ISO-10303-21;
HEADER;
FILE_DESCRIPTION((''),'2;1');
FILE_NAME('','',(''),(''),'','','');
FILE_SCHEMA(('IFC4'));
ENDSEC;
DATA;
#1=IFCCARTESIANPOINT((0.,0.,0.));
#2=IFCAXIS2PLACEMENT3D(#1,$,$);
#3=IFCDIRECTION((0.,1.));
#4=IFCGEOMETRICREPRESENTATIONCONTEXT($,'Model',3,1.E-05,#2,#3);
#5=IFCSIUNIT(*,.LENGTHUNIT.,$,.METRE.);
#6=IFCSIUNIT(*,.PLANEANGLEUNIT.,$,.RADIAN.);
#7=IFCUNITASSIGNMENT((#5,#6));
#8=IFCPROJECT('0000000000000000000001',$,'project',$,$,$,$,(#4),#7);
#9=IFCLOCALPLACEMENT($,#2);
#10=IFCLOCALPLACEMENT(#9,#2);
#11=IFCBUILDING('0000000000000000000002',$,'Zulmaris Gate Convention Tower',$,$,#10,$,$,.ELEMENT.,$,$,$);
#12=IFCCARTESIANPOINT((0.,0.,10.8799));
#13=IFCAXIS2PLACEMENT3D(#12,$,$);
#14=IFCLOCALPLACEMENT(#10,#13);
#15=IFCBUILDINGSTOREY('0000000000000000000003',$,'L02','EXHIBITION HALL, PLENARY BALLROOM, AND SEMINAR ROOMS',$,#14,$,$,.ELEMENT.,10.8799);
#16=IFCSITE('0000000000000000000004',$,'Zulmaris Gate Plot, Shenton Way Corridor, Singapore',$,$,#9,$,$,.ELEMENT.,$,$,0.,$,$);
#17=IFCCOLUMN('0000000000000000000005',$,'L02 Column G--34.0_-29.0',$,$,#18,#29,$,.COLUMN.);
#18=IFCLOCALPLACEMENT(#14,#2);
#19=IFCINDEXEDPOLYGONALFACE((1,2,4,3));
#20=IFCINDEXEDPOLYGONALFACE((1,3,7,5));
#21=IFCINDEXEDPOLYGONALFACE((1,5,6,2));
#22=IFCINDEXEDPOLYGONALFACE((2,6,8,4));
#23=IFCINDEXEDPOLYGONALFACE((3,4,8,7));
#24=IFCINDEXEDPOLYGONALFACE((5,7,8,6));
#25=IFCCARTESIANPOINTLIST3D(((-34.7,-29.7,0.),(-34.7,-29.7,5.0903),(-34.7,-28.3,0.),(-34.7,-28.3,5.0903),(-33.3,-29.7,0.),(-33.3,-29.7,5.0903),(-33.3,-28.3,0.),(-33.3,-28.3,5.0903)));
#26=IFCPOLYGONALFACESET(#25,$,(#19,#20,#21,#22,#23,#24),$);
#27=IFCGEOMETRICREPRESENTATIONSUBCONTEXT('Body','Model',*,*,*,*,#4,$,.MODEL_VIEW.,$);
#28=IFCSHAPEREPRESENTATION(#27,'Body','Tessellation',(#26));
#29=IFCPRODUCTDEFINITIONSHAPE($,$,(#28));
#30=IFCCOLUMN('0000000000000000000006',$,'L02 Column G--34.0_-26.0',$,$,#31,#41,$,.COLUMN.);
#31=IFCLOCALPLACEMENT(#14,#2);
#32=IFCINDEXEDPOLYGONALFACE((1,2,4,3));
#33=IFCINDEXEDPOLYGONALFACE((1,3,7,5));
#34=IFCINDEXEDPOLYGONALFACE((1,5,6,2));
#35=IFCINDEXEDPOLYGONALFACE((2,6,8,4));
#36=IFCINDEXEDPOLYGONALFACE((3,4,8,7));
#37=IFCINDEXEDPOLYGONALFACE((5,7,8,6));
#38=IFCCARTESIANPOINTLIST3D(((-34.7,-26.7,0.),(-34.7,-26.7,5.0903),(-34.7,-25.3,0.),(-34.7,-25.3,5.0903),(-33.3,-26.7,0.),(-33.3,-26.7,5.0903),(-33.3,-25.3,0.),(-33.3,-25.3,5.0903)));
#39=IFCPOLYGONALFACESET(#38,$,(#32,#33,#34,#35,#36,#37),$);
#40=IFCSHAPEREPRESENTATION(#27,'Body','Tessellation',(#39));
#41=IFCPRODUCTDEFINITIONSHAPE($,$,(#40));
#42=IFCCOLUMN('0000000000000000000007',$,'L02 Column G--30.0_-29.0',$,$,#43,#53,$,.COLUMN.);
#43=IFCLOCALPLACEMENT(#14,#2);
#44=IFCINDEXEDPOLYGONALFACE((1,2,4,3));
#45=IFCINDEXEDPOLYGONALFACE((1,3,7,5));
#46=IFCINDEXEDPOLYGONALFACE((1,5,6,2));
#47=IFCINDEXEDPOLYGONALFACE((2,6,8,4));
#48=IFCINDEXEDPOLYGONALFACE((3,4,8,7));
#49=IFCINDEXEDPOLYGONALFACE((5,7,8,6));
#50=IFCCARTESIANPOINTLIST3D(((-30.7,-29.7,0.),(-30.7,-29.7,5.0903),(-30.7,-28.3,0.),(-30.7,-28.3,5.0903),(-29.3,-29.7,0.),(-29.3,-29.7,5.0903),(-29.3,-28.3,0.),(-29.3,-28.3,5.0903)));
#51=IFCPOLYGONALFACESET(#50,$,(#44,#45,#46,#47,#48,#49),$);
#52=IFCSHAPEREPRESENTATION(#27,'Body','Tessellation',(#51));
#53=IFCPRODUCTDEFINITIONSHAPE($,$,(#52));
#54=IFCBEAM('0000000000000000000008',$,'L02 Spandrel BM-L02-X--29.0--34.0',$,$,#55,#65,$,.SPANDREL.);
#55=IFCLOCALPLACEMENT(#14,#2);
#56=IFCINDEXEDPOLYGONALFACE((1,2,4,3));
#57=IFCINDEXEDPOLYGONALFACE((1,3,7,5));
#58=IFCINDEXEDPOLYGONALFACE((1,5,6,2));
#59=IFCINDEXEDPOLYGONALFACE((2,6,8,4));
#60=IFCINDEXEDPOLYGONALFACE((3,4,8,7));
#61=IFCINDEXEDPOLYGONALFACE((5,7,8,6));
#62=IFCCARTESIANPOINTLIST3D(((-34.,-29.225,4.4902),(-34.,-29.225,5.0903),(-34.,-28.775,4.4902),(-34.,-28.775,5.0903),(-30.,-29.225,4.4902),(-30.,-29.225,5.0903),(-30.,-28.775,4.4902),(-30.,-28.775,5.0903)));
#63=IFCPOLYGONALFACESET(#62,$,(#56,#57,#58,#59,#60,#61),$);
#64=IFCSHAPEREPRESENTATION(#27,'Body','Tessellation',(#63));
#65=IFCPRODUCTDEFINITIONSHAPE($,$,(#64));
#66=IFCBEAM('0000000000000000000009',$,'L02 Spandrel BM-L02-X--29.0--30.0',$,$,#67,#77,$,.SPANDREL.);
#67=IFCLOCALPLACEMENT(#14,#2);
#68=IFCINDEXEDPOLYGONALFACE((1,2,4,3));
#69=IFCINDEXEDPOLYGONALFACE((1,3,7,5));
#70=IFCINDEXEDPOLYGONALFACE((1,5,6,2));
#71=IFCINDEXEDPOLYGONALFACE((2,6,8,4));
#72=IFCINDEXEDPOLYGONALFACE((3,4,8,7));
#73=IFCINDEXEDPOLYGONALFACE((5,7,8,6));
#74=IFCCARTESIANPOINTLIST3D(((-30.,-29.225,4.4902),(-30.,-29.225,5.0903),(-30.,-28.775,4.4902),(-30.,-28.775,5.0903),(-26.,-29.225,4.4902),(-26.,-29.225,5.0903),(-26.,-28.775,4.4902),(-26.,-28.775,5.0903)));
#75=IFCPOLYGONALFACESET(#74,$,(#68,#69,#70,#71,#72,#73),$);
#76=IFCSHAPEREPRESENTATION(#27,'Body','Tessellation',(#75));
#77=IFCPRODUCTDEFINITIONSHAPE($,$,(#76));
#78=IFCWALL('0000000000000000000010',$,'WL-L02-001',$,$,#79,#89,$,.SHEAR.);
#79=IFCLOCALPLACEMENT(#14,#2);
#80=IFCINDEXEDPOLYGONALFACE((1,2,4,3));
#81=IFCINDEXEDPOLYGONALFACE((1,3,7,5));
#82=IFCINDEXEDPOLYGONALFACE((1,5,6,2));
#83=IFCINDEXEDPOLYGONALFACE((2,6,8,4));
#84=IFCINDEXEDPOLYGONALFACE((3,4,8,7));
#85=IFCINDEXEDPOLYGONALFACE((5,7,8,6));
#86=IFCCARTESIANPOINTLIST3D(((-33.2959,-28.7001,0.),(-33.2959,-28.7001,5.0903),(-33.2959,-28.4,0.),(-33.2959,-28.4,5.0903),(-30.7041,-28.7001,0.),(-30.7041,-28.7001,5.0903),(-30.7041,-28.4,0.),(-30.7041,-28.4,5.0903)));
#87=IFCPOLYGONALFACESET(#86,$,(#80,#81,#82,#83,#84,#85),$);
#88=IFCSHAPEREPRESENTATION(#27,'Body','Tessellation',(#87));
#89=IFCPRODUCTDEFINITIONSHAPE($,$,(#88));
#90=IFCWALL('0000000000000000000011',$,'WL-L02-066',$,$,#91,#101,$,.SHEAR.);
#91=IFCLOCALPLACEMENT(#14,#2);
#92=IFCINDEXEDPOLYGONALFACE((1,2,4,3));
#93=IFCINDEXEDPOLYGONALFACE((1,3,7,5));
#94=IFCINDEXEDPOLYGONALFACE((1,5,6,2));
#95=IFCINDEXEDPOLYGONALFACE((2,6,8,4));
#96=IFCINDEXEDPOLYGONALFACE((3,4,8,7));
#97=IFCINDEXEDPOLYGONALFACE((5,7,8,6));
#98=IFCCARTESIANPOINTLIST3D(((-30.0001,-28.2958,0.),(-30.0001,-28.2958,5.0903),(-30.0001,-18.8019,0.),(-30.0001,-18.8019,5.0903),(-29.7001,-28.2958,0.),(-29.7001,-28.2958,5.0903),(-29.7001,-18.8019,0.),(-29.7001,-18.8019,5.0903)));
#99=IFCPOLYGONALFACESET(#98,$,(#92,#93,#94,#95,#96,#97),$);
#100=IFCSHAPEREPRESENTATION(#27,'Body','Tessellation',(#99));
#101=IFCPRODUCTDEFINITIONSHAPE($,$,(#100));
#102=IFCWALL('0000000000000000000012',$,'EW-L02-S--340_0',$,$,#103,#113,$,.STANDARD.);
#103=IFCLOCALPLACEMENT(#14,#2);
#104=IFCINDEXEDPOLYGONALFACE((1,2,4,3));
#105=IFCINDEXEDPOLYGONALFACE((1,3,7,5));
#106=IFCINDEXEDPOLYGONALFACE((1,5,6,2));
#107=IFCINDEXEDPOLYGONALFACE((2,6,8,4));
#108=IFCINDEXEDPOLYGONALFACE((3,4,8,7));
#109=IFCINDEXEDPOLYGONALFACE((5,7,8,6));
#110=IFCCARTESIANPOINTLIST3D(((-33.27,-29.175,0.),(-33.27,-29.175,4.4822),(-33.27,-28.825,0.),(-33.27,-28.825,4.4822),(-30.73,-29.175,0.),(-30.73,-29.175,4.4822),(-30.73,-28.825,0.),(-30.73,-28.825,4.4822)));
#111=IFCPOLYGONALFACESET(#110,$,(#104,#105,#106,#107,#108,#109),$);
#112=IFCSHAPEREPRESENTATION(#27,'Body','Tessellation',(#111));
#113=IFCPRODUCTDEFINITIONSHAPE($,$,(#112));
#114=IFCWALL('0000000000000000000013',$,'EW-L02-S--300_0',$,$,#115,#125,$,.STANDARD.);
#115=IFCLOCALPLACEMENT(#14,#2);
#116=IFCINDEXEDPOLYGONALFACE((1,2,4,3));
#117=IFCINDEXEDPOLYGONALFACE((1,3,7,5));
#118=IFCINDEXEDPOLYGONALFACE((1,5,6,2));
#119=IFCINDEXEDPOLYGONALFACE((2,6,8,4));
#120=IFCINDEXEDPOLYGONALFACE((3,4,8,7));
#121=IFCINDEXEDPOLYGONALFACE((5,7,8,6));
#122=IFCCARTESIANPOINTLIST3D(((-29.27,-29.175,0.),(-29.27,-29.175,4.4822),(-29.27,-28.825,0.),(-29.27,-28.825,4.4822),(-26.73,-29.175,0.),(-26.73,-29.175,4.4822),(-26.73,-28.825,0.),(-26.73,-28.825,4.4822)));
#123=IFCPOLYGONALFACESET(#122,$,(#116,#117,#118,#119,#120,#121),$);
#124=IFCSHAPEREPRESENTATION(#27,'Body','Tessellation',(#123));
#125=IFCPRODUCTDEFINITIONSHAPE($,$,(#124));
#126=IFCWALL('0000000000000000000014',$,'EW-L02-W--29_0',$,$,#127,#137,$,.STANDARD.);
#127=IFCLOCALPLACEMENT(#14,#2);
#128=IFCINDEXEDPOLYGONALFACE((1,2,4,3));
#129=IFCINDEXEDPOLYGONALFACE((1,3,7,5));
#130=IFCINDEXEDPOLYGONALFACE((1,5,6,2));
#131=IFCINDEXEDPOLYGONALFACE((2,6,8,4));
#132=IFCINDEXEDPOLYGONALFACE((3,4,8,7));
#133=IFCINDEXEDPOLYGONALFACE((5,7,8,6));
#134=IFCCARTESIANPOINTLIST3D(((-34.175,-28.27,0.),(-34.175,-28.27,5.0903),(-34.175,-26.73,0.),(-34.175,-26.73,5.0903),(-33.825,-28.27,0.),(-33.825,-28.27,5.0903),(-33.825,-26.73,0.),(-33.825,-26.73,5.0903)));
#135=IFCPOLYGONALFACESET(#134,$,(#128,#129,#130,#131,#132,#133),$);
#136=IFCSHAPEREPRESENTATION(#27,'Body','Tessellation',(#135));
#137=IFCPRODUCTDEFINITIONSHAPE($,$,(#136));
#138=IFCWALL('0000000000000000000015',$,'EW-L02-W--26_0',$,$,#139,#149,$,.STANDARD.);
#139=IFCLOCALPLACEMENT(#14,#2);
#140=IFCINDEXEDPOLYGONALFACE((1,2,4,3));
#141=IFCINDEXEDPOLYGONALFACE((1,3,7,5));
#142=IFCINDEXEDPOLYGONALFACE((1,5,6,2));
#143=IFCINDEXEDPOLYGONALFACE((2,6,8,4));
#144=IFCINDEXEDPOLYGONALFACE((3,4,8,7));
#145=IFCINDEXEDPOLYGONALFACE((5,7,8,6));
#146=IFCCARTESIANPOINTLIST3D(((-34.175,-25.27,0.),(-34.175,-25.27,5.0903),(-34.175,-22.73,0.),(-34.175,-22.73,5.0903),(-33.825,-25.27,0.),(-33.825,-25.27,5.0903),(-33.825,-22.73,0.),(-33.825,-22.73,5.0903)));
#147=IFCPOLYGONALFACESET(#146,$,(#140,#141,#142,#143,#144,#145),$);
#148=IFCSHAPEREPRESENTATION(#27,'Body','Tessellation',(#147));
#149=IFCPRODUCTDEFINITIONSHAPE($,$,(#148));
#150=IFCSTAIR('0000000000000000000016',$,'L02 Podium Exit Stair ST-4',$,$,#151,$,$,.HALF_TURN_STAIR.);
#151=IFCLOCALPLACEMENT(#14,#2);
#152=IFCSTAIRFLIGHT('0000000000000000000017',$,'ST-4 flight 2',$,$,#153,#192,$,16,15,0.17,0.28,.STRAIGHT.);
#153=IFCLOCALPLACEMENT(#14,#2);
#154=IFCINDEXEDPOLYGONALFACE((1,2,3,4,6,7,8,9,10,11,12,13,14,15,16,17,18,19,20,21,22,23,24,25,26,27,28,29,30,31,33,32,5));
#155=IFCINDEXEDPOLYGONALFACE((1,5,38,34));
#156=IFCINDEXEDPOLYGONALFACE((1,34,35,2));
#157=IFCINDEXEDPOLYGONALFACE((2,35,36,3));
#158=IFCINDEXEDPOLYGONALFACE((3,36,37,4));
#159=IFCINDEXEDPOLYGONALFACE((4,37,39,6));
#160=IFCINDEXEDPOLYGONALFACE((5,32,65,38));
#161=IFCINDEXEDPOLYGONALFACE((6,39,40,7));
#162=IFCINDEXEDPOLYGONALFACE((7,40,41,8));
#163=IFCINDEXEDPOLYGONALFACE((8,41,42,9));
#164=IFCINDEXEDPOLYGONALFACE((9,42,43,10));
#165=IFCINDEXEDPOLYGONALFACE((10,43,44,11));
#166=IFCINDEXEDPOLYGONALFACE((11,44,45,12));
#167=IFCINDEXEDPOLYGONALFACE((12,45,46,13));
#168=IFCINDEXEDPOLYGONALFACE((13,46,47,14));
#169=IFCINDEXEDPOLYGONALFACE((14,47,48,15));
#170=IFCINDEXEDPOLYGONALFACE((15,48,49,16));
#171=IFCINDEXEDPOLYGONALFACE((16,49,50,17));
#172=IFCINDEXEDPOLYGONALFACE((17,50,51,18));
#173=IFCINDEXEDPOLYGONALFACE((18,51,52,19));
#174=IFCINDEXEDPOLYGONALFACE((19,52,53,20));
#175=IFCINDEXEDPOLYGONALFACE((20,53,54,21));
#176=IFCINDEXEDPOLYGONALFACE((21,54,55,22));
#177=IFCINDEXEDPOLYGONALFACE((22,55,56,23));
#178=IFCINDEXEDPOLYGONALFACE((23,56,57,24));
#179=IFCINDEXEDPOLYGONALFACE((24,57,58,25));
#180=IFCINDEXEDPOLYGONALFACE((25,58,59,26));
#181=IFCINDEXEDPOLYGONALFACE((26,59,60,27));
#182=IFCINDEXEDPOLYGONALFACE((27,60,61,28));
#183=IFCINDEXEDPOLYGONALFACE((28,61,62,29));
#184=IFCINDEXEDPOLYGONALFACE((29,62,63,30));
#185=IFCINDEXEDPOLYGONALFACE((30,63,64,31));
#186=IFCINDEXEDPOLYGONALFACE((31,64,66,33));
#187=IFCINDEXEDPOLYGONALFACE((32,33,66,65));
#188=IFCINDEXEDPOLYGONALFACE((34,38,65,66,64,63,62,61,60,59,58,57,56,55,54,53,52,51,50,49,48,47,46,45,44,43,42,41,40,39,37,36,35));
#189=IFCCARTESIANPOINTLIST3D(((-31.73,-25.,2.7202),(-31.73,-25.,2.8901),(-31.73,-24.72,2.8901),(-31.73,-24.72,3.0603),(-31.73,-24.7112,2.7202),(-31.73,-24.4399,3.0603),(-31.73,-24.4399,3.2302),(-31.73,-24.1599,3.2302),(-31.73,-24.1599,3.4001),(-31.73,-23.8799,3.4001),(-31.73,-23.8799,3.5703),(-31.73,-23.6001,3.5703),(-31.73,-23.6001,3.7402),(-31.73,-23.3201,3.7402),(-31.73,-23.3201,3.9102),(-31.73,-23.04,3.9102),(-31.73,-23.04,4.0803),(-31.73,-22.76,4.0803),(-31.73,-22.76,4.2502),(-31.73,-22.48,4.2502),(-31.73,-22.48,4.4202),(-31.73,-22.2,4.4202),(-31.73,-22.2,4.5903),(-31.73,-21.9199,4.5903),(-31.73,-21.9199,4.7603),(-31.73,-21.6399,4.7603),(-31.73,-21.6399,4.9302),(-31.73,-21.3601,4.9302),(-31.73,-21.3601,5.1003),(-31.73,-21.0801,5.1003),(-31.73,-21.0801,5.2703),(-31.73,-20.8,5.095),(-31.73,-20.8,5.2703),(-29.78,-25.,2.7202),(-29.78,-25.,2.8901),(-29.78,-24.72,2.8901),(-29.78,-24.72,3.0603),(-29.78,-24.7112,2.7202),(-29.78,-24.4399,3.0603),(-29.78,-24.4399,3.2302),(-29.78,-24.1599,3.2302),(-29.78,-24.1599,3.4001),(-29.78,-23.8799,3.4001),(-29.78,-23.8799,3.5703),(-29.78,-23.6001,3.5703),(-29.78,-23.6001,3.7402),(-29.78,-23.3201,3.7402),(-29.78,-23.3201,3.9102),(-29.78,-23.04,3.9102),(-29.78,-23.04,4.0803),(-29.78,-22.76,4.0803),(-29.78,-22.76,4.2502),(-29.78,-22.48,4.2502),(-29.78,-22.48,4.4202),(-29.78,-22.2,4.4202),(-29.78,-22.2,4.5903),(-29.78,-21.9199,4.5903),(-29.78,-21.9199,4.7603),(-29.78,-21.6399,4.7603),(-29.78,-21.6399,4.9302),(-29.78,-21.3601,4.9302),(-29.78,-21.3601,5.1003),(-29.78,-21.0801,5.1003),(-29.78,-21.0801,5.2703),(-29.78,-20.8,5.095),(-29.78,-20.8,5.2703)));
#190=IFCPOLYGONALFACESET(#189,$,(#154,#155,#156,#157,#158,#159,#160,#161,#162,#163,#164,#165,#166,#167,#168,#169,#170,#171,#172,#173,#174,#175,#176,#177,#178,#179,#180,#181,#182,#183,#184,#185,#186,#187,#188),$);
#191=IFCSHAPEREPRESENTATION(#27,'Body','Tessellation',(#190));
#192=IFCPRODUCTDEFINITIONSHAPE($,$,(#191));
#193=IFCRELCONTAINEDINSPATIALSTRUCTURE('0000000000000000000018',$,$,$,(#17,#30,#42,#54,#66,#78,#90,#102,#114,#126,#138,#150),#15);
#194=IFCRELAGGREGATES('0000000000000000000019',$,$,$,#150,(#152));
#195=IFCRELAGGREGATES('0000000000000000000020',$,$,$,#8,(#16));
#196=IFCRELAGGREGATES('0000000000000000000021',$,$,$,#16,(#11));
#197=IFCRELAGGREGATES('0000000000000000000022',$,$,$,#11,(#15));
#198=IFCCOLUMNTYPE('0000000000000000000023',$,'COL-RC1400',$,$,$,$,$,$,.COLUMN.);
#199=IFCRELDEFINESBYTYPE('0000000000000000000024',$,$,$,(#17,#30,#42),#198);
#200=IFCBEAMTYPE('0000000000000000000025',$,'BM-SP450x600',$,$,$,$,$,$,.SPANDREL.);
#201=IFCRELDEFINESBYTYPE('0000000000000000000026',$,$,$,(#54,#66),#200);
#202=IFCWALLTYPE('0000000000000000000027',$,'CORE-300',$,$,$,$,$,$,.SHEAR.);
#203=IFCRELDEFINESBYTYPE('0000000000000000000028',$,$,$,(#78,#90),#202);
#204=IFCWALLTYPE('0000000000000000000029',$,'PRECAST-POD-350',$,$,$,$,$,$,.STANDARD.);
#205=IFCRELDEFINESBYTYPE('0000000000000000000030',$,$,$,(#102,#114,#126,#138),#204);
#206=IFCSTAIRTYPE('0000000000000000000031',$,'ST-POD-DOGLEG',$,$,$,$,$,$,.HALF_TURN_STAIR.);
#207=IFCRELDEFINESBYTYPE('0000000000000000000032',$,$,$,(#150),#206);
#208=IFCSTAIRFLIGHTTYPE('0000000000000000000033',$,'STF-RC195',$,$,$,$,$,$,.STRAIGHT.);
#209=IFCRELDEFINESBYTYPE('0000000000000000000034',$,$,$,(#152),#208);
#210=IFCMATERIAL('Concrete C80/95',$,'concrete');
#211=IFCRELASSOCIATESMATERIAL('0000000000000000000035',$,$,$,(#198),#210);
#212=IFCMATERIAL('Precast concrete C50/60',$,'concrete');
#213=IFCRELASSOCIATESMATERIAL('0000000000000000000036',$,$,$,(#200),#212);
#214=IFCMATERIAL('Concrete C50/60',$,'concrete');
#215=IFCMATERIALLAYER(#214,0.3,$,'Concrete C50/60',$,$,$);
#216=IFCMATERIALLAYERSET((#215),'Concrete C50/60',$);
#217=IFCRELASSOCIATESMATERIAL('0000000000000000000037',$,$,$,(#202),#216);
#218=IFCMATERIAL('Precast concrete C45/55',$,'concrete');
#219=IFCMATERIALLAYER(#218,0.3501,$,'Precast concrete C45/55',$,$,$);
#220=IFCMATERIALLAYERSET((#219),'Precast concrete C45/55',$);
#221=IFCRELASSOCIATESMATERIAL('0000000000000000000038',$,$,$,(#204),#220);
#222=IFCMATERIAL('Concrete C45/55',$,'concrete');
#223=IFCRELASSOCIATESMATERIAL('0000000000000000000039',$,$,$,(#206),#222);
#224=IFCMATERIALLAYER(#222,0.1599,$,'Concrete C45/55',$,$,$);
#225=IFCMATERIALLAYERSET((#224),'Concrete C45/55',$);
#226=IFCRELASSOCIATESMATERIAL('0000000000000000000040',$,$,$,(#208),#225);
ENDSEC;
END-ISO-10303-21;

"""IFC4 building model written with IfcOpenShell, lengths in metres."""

from ifc_helpers import new_model, si_unit, direction, frame, frame_2d, origin, origin_2d, place, context, subcontext, project, spatial, polyline, rectangle, outline, extrude, material, layer, layer_set, material_profile, profile_set, type_object, element, aggregate, save


model = new_model("IFC4")

# Units and contexts
model_context = context("Model", 3, precision=1e-05, world=origin(), true_north=direction((0.0, 1.0)))
body_context = subcontext(model_context, "Body", "Model", "MODEL_VIEW")
ifc_project = project(units=[si_unit("LENGTHUNIT", "METRE"), si_unit("PLANEANGLEUNIT", "RADIAN")], contexts=[model_context])

# Site, building, storey
site_placement = place(None, origin())
site = spatial("IfcSite", under=ifc_project, at=site_placement, Name="Zulmaris Gate Plot, Shenton Way Corridor, Singapore", CompositionType="ELEMENT", RefElevation=0.0)
building_placement = place(site_placement, origin())
building = spatial("IfcBuilding", under=site, at=building_placement, Name="Zulmaris Gate Convention Tower", CompositionType="ELEMENT")
storey_placement = place(building_placement, frame((0.0, 0.0, 10.8799)))
storey = spatial("IfcBuildingStorey", under=building, at=storey_placement, Name="L02", Description="EXHIBITION HALL, PLENARY BALLROOM, AND SEMINAR ROOMS", CompositionType="ELEMENT", Elevation=10.8799)

# Columns
ifc_material_1 = material(Name="Concrete C80/95", Category="concrete")
ifc_material_profile_1 = material_profile(ifc_material_1, rectangle(XDim=1.3999, YDim=1.3999, at=origin_2d()), Name="RC COL 1400x1400")
ifc_profile_set_1 = profile_set([ifc_material_profile_1], Name="Concrete C80/95")
column_type = type_object("IfcColumnType", Name="COL-RC1400", PredefinedType="COLUMN", material=ifc_profile_set_1)
for number, where, z_axis, x_axis, name in (
    (1, (-34.0, -29.0, 0.0), (0.0, 0.0, 1.0), (1.0, 0.0, 0.0), "L02 Column G--34.0_-29.0"),
    (2, (-34.0, -26.0, 0.0), (0.0, 0.0, 1.0), (1.0, 0.0, 0.0), "L02 Column G--34.0_-26.0"),
    (3, (-30.0, -29.0, 0.0), (0.0, 0.0, 1.0), (1.0, 0.0, 0.0), "L02 Column G--30.0_-29.0"),
):
    element("IfcColumn", number, at=place(storey_placement, frame(where, z_axis=z_axis, x_axis=x_axis)), inside=storey, type_object=column_type, Name=name, PredefinedType="COLUMN", context=body_context, shape_type="SweptSolid", body=[
        extrude(rectangle(XDim=1.3999, YDim=1.3999, at=origin_2d()), origin(), (0.0, 0.0, 1.0), 5.0903),
    ])

# Beams
ifc_material_2 = material(Name="Precast concrete C50/60", Category="concrete")
ifc_material_profile_2 = material_profile(ifc_material_2, rectangle(XDim=0.45, YDim=0.6001, at=origin_2d()), Name="RC SPANDREL 450x600")
ifc_profile_set_2 = profile_set([ifc_material_profile_2], Name="Precast concrete C50/60")
beam_type = type_object("IfcBeamType", Name="BM-SP450x600", PredefinedType="SPANDREL", material=ifc_profile_set_2)
for number, where, z_axis, x_axis, name in (
    (4, (-34.0, -29.0, 4.7903), (1.0, 0.0, 0.0), (0.0, 1.0, 0.0), "L02 Spandrel BM-L02-X--29.0--34.0"),
    (5, (-30.0, -29.0, 4.7903), (1.0, 0.0, 0.0), (0.0, 1.0, 0.0), "L02 Spandrel BM-L02-X--29.0--30.0"),
):
    element("IfcBeam", number, at=place(storey_placement, frame(where, z_axis=z_axis, x_axis=x_axis)), inside=storey, type_object=beam_type, Name=name, PredefinedType="SPANDREL", context=body_context, shape_type="SweptSolid", body=[
        extrude(rectangle(XDim=0.45, YDim=0.6001, at=origin_2d()), origin(), (0.0, 0.0, 1.0), 4.0),
    ])

# Walls
ifc_material_3 = material(Name="Concrete C50/60", Category="concrete")
ifc_layer_1 = layer(ifc_material_3, 0.3, Name="Concrete C50/60")
ifc_layer_set_1 = layer_set([ifc_layer_1], Name="Concrete C50/60")
wall_type_1 = type_object("IfcWallType", Name="CORE-300", PredefinedType="SHEAR", material=ifc_layer_set_1)
wall_1_placement = place(storey_placement, frame((-33.2959, -28.55, 0.0), z_axis=(0.0, 0.0, 1.0), x_axis=(1.0, 0.0, 0.0)))
element("IfcWall", 6, at=wall_1_placement, inside=storey, type_object=wall_type_1, Name="WL-L02-001", PredefinedType="SHEAR", context=body_context, shape_type="SweptSolid", body=[
    extrude(rectangle(XDim=2.5918, YDim=0.3, at=frame_2d((1.2959, 0.0))), origin(), (0.0, 0.0, 1.0), 5.0903),
])
wall_2_placement = place(storey_placement, frame((-29.8501, -28.2959, 0.0), z_axis=(0.0, 0.0, 1.0), x_axis=(0.0, 1.0, 0.0)))
element("IfcWall", 7, at=wall_2_placement, inside=storey, type_object=wall_type_1, Name="WL-L02-066", PredefinedType="SHEAR", context=body_context, shape_type="SweptSolid", body=[
    extrude(rectangle(XDim=9.4939, YDim=0.3, at=frame_2d((4.7471, 0.0))), origin(), (0.0, 0.0, 1.0), 5.0903),
])
ifc_material_4 = material(Name="Precast concrete C45/55", Category="concrete")
ifc_layer_2 = layer(ifc_material_4, 0.3501, Name="Precast concrete C45/55")
ifc_layer_set_2 = layer_set([ifc_layer_2], Name="Precast concrete C45/55")
wall_type_2 = type_object("IfcWallType", Name="PRECAST-POD-350", PredefinedType="STANDARD", material=ifc_layer_set_2)
for number, where, z_axis, x_axis, name in (
    (8, (-33.27, -29.0, 0.0), (0.0, 0.0, 1.0), (1.0, 0.0, 0.0), "EW-L02-S--340_0"),
    (9, (-29.27, -29.0, 0.0), (0.0, 0.0, 1.0), (1.0, 0.0, 0.0), "EW-L02-S--300_0"),
):
    element("IfcWall", number, at=place(storey_placement, frame(where, z_axis=z_axis, x_axis=x_axis)), inside=storey, type_object=wall_type_2, Name=name, PredefinedType="STANDARD", context=body_context, shape_type="SweptSolid", body=[
        extrude(rectangle(XDim=2.54, YDim=0.3501, at=frame_2d((1.27, 0.0))), origin(), (0.0, 0.0, 1.0), 4.4822),
    ])
wall_3_placement = place(storey_placement, frame((-34.0, -28.27, 0.0), z_axis=(0.0, 0.0, 1.0), x_axis=(0.0, 1.0, 0.0)))
element("IfcWall", 10, at=wall_3_placement, inside=storey, type_object=wall_type_2, Name="EW-L02-W--29_0", PredefinedType="STANDARD", context=body_context, shape_type="SweptSolid", body=[
    extrude(rectangle(XDim=1.54, YDim=0.3501, at=frame_2d((0.77, 0.0))), origin(), (0.0, 0.0, 1.0), 5.0903),
])
wall_4_placement = place(storey_placement, frame((-34.0, -25.27, 0.0), z_axis=(0.0, 0.0, 1.0), x_axis=(0.0, 1.0, 0.0)))
element("IfcWall", 11, at=wall_4_placement, inside=storey, type_object=wall_type_2, Name="EW-L02-W--26_0", PredefinedType="STANDARD", context=body_context, shape_type="SweptSolid", body=[
    extrude(rectangle(XDim=2.54, YDim=0.3501, at=frame_2d((1.27, 0.0))), origin(), (0.0, 0.0, 1.0), 5.0903),
])

# Stair, stair flight
ifc_material_5 = material(Name="Concrete C45/55", Category="concrete")
stair_type = type_object("IfcStairType", Name="ST-POD-DOGLEG", PredefinedType="HALF_TURN_STAIR", material=ifc_material_5)
stair_placement = place(storey_placement, origin())
stair = element("IfcStair", 12, at=stair_placement, inside=storey, type_object=stair_type, Name="L02 Podium Exit Stair ST-4", PredefinedType="HALF_TURN_STAIR")
ifc_layer_3 = layer(ifc_material_5, 0.1599, Name="Concrete C45/55")
ifc_layer_set_3 = layer_set([ifc_layer_3], Name="Concrete C45/55")
stair_flight_type = type_object("IfcStairFlightType", Name="STF-RC195", PredefinedType="STRAIGHT", material=ifc_layer_set_3)
stair_flight_placement = place(storey_placement, frame((-30.7549, -25.0, 2.7202), z_axis=(0.0, 0.0, 1.0), x_axis=(0.0, 1.0, 0.0)))
stair_flight = element("IfcStairFlight", 13, at=stair_flight_placement, type_object=stair_flight_type, Name="ST-4 flight 2", NumberOfRisers=16, NumberOfTreads=15, PredefinedType="STRAIGHT", RiserHeight=0.17, TreadLength=0.28, context=body_context, shape_type="SweptSolid", body=[
    extrude(outline(polyline([(0.0, 0.0), (0.0, 0.1699), (0.28, 0.1699), (0.28, 0.3401), (0.5601, 0.3401), (0.5601, 0.51), (0.8401, 0.51), (0.8401, 0.6799), (1.1201, 0.6799), (1.1201, 0.8501), (1.3999, 0.8501), (1.3999, 1.02), (1.6799, 1.02), (1.6799, 1.1899), (1.96, 1.1899), (1.96, 1.3601), (2.24, 1.3601), (2.24, 1.53), (2.52, 1.53), (2.52, 1.7), (2.8, 1.7), (2.8, 1.8701), (3.0801, 1.8701), (3.0801, 2.04), (3.3601, 2.04), (3.3601, 2.21), (3.6399, 2.21), (3.6399, 2.3801), (3.9199, 2.3801), (3.9199, 2.55), (4.2, 2.55), (4.2, 2.7202), (4.2, 2.3748), (0.2888, 0.0), (0.0, 0.0)])), frame((0.0, 0.9751, 0.0), z_axis=(0.0, -1.0, 0.0), x_axis=(1.0, 0.0, 0.0)), (0.0, 0.0, 1.0), 1.95),
])
aggregate(stair, [stair_flight])

save(model, "model.ifc")
